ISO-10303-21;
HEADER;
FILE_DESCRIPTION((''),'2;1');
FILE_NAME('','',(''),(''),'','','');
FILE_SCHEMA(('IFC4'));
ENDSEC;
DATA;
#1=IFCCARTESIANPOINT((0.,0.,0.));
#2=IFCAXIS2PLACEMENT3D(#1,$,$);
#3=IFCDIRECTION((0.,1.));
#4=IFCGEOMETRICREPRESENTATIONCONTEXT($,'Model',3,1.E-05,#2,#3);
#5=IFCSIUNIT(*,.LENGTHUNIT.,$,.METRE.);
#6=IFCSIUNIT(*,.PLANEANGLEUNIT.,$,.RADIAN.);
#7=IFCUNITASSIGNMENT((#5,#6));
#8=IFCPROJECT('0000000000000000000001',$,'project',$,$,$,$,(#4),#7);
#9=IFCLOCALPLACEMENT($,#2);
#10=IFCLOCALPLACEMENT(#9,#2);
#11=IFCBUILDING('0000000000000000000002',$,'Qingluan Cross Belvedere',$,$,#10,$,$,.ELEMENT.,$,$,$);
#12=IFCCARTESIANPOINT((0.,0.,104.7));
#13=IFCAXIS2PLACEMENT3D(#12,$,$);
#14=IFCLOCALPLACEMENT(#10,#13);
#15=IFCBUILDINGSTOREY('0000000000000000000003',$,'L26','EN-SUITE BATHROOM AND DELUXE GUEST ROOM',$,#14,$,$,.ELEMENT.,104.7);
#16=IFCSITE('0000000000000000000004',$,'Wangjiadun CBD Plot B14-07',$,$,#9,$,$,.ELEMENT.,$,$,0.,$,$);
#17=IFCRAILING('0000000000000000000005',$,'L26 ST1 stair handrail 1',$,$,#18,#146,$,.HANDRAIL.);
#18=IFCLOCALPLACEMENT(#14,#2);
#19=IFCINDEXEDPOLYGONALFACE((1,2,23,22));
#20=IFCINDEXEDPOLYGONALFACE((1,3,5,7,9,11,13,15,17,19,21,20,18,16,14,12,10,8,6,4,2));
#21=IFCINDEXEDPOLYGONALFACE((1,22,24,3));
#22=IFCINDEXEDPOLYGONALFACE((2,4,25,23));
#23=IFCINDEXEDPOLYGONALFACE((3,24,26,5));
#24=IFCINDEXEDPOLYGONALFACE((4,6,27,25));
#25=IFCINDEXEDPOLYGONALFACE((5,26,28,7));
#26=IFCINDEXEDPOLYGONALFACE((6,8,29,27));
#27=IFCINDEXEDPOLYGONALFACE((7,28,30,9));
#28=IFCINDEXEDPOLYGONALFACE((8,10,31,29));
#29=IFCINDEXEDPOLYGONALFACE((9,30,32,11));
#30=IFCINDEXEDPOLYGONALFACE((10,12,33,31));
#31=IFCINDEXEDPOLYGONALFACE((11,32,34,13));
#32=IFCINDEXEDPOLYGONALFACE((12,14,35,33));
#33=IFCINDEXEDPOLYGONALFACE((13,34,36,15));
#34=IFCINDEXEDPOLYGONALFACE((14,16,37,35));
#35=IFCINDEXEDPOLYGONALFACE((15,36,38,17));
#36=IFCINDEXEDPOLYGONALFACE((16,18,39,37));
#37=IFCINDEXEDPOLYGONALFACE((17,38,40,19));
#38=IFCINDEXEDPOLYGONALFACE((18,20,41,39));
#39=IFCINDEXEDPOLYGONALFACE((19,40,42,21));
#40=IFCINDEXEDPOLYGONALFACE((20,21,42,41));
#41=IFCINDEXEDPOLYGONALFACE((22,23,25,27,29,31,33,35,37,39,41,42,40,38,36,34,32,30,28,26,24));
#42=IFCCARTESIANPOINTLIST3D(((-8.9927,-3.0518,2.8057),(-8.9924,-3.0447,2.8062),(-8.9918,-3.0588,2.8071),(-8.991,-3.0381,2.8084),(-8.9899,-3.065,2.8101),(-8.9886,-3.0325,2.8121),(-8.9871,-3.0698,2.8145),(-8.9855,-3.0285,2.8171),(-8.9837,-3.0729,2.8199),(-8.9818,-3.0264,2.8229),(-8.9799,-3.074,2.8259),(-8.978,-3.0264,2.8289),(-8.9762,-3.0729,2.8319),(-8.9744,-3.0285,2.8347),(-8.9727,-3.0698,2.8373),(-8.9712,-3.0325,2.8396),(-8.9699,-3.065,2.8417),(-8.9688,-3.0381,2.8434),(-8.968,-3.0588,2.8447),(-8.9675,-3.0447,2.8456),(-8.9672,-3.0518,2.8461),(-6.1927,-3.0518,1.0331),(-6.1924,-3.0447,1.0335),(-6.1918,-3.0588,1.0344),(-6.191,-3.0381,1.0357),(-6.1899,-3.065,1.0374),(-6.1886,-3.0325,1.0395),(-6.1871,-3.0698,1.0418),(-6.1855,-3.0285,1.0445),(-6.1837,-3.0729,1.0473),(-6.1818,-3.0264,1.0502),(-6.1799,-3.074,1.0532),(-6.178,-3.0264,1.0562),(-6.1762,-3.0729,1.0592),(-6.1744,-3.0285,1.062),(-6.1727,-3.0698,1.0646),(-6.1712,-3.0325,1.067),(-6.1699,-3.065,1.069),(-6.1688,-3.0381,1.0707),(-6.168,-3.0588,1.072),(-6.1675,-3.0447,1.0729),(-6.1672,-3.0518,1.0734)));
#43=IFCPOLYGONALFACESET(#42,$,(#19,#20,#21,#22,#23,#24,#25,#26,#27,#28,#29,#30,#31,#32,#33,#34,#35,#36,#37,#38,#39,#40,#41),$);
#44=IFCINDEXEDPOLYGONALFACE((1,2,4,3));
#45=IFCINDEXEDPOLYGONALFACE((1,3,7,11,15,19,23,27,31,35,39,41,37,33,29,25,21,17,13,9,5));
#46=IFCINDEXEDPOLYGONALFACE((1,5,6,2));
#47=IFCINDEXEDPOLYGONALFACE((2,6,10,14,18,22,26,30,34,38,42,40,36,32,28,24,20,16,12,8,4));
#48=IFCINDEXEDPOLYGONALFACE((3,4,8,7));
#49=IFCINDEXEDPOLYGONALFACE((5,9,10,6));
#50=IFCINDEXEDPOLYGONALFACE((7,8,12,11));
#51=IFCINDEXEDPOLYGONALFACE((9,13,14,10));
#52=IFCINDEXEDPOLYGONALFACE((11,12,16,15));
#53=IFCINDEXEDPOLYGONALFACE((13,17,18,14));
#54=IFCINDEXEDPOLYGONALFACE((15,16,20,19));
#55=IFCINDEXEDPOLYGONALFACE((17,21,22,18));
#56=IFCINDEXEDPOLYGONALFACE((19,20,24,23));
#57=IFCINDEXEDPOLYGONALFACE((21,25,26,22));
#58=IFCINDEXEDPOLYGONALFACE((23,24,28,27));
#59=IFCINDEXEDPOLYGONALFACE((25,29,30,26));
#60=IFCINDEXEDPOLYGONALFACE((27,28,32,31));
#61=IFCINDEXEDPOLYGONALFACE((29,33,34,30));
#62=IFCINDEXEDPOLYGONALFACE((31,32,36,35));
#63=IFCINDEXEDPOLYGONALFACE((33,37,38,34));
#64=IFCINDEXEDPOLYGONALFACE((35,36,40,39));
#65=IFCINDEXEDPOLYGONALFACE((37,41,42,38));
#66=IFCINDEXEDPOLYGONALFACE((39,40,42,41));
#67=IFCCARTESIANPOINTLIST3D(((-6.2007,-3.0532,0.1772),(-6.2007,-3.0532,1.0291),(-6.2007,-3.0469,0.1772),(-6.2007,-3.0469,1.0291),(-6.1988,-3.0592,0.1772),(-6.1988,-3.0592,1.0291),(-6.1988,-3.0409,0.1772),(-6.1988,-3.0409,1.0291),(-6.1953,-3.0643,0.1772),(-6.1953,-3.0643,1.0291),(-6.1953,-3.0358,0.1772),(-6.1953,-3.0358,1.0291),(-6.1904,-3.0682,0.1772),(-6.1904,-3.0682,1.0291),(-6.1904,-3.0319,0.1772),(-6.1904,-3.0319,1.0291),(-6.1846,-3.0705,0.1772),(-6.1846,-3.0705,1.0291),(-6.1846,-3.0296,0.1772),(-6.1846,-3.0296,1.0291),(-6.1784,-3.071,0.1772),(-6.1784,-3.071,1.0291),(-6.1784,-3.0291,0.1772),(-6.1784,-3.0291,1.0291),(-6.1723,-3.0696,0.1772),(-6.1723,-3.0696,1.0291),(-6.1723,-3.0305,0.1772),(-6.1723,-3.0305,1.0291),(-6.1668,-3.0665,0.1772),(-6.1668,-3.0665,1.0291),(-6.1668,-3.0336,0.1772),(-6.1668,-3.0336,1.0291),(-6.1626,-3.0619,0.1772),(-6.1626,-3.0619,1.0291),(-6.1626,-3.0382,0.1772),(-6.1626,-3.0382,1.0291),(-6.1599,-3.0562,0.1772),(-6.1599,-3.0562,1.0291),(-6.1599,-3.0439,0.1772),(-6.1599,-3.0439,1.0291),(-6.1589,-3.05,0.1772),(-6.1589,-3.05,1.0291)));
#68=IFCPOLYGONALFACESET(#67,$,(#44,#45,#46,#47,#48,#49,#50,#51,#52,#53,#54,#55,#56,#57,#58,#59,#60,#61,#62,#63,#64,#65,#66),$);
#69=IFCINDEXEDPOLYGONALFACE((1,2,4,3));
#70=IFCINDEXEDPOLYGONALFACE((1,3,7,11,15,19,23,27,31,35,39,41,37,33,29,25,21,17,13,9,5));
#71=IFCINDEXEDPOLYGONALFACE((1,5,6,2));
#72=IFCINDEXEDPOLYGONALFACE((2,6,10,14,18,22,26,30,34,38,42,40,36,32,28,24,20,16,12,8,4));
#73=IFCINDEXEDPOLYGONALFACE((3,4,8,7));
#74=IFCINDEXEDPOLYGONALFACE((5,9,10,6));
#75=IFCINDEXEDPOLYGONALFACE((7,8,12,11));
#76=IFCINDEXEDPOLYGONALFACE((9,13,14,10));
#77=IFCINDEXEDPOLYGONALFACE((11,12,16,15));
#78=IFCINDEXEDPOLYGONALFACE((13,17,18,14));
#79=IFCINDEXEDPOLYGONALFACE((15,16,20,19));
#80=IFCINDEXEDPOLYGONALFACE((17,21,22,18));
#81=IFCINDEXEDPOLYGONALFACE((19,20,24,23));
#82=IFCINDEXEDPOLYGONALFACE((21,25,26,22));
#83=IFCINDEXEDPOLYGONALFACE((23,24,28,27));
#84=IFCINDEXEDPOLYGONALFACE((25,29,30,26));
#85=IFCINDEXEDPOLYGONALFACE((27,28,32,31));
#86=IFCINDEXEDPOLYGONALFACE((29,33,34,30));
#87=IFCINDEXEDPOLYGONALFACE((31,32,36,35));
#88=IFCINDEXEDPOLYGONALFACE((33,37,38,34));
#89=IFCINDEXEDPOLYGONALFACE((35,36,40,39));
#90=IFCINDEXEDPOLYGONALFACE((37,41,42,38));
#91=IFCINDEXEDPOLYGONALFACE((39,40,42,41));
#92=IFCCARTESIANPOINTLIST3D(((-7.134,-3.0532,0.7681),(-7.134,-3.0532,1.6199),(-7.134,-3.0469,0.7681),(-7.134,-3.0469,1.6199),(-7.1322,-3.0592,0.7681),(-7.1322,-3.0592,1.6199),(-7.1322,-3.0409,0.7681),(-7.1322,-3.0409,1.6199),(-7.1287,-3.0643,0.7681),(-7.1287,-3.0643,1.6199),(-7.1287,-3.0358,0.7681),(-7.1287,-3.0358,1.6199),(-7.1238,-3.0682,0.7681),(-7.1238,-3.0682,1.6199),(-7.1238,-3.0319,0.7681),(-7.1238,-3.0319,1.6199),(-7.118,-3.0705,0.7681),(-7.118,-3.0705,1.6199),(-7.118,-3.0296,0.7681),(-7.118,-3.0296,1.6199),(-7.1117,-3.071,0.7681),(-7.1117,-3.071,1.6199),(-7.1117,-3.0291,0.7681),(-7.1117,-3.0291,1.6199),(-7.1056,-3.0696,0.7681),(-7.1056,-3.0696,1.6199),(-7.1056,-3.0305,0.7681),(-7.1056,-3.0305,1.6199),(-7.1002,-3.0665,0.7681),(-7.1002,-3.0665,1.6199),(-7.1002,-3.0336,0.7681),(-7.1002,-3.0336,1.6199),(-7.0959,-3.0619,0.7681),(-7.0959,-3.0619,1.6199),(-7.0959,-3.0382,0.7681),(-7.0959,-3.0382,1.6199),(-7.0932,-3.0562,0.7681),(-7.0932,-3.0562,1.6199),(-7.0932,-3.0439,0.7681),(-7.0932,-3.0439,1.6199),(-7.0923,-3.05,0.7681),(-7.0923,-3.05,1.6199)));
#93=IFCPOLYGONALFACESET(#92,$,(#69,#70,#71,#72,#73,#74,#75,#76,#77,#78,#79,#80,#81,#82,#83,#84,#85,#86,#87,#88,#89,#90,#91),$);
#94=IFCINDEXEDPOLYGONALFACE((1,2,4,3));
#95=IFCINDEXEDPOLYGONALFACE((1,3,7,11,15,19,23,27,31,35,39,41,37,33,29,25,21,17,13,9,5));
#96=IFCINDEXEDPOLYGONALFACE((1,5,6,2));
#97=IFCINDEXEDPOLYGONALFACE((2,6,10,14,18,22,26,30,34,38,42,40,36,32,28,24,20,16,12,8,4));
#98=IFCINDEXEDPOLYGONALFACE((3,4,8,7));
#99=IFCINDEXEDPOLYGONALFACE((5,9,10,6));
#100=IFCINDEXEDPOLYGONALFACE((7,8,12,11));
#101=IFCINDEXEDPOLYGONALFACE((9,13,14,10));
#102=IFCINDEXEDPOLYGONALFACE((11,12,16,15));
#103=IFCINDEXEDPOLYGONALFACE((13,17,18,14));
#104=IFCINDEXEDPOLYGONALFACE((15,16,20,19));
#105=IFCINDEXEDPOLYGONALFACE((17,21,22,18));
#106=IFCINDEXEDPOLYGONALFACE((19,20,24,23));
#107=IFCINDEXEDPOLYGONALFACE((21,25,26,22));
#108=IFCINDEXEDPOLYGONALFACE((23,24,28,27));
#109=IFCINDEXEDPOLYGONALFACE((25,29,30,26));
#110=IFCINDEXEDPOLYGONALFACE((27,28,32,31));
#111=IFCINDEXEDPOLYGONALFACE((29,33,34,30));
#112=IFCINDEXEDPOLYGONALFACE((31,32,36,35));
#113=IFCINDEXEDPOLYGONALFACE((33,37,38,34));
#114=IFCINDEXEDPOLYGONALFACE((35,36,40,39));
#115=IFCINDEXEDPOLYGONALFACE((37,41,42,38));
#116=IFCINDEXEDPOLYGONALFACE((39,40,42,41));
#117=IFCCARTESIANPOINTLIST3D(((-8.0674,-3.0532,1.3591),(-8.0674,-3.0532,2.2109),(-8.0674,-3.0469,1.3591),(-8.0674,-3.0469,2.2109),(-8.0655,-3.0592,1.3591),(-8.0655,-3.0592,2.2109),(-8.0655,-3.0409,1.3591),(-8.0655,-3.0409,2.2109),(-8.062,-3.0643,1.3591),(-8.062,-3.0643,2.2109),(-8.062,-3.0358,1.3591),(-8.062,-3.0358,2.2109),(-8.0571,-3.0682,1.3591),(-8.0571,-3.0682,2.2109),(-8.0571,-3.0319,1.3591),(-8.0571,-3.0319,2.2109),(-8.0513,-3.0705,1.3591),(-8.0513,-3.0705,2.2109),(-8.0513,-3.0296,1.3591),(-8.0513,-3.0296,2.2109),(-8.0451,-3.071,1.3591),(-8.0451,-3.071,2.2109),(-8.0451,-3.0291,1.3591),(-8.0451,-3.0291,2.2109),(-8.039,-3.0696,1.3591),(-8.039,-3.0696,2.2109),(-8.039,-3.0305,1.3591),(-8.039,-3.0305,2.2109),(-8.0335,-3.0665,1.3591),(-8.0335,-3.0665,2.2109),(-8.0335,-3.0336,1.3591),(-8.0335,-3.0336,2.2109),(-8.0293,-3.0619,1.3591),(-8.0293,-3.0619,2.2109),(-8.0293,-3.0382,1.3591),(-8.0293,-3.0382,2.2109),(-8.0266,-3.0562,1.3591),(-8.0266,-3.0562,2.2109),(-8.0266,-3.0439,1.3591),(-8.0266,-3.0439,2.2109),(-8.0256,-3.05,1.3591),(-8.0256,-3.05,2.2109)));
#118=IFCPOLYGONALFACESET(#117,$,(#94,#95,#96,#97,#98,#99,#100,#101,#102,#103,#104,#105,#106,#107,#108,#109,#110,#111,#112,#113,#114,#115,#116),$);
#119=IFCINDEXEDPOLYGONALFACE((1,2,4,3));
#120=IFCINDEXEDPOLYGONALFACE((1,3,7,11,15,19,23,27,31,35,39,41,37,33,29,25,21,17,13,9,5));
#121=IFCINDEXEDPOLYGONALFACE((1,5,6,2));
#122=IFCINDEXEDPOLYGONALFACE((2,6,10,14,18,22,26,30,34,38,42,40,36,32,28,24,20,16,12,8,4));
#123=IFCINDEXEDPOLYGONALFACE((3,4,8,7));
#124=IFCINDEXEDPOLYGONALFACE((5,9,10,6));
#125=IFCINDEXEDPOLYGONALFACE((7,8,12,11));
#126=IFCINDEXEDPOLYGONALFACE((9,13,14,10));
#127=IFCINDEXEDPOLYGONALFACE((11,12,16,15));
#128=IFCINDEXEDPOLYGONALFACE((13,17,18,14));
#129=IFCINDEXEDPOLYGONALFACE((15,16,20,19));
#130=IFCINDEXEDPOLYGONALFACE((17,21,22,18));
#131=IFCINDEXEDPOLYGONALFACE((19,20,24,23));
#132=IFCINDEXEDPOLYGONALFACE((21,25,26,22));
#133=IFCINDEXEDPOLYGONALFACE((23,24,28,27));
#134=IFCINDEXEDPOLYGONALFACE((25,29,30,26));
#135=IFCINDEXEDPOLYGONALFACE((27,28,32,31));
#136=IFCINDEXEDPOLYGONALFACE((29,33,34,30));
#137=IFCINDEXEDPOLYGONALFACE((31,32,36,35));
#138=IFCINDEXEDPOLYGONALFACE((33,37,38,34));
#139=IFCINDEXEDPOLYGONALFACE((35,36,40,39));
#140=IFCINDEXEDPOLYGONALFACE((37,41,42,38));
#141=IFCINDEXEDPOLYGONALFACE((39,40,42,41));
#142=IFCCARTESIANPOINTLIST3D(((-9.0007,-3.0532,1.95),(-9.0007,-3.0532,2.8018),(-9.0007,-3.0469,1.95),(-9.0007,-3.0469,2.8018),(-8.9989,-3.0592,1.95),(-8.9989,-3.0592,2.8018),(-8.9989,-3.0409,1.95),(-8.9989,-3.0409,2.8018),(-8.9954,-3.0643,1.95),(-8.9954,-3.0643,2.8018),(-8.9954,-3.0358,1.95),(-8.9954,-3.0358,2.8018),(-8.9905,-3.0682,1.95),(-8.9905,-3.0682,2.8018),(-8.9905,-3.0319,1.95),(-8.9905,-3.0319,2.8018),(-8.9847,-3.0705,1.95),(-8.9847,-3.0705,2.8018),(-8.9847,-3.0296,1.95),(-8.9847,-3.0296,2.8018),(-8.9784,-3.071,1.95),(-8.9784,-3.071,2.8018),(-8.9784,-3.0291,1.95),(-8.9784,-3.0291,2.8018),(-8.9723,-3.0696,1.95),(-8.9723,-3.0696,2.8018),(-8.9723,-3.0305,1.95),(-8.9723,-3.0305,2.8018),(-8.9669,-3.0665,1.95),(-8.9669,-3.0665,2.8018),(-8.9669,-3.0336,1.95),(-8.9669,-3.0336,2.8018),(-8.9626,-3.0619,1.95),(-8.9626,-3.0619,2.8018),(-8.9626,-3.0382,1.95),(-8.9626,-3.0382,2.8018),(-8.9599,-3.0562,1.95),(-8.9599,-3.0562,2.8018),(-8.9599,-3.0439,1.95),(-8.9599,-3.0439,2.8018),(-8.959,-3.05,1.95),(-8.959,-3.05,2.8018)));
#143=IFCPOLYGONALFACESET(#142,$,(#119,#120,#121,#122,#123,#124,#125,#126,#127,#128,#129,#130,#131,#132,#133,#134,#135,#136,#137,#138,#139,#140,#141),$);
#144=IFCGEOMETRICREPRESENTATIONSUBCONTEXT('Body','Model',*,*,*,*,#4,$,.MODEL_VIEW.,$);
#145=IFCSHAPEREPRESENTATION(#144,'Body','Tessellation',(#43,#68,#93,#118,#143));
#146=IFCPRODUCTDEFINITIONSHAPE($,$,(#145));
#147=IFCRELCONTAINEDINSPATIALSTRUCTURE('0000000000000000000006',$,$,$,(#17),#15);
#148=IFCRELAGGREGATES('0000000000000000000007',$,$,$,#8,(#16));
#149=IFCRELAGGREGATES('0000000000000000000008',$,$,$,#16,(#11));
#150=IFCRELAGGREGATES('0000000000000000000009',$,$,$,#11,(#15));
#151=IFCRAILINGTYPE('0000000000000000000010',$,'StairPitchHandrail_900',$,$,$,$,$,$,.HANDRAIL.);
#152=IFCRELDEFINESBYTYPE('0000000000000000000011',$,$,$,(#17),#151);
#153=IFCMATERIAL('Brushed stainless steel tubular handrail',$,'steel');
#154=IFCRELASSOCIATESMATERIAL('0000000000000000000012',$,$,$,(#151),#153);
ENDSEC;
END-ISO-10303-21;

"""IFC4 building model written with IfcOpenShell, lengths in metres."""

from ifc_helpers import new_model, si_unit, direction, frame, origin, origin_2d, place, context, subcontext, project, spatial, circle, extrude, material, type_object, element, save


model = new_model("IFC4")

# Units and contexts
model_context = context("Model", 3, precision=1e-05, world=origin(), true_north=direction((0.0, 1.0)))
body_context = subcontext(model_context, "Body", "Model", "MODEL_VIEW")
ifc_project = project(units=[si_unit("LENGTHUNIT", "METRE"), si_unit("PLANEANGLEUNIT", "RADIAN")], contexts=[model_context])

# Site, building, storey
site_placement = place(None, origin())
site = spatial("IfcSite", under=ifc_project, at=site_placement, Name="Wangjiadun CBD Plot B14-07", CompositionType="ELEMENT", RefElevation=0.0)
building_placement = place(site_placement, origin())
building = spatial("IfcBuilding", under=site, at=building_placement, Name="Qingluan Cross Belvedere", CompositionType="ELEMENT")
storey_placement = place(building_placement, frame((0.0, 0.0, 104.7)))
storey = spatial("IfcBuildingStorey", under=building, at=storey_placement, Name="L26", Description="EN-SUITE BATHROOM AND DELUXE GUEST ROOM", CompositionType="ELEMENT", Elevation=104.7)

# Railing
ifc_material_1 = material(Name="Brushed stainless steel tubular handrail", Category="steel")
railing_type_1 = type_object("IfcRailingType", Name="StairPitchHandrail_900", PredefinedType="HANDRAIL", material=ifc_material_1)
railing_1_placement = place(storey_placement, frame((-6.1799, -3.05, 0.1772)))
element("IfcRailing", 1, at=railing_1_placement, inside=storey, type_object=railing_type_1, Name="L26 ST1 stair handrail 1", PredefinedType="HANDRAIL", context=body_context, shape_type="SweptSolid", body=[
    extrude(circle(Radius=0.0239, at=origin_2d()), frame((0.0, 0.0, 0.876), z_axis=(-0.844909, 0.0, 0.53491), x_axis=(0.0, -1.0, 0.0)), (0.0, 0.0, 1.0), 3.314),
    extrude(circle(Radius=0.021, at=origin_2d()), origin(), (0.0, 0.0, 1.0), 0.8518),
    extrude(circle(Radius=0.021, at=origin_2d()), frame((-0.9333, 0.0, 0.5908)), (0.0, 0.0, 1.0), 0.8518),
    extrude(circle(Radius=0.021, at=origin_2d()), frame((-1.8667, 0.0, 1.1819)), (0.0, 0.0, 1.0), 0.8518),
    extrude(circle(Radius=0.021, at=origin_2d()), frame((-2.8, 0.0, 1.7727)), (0.0, 0.0, 1.0), 0.8518),
])

save(model, "model.ifc")
